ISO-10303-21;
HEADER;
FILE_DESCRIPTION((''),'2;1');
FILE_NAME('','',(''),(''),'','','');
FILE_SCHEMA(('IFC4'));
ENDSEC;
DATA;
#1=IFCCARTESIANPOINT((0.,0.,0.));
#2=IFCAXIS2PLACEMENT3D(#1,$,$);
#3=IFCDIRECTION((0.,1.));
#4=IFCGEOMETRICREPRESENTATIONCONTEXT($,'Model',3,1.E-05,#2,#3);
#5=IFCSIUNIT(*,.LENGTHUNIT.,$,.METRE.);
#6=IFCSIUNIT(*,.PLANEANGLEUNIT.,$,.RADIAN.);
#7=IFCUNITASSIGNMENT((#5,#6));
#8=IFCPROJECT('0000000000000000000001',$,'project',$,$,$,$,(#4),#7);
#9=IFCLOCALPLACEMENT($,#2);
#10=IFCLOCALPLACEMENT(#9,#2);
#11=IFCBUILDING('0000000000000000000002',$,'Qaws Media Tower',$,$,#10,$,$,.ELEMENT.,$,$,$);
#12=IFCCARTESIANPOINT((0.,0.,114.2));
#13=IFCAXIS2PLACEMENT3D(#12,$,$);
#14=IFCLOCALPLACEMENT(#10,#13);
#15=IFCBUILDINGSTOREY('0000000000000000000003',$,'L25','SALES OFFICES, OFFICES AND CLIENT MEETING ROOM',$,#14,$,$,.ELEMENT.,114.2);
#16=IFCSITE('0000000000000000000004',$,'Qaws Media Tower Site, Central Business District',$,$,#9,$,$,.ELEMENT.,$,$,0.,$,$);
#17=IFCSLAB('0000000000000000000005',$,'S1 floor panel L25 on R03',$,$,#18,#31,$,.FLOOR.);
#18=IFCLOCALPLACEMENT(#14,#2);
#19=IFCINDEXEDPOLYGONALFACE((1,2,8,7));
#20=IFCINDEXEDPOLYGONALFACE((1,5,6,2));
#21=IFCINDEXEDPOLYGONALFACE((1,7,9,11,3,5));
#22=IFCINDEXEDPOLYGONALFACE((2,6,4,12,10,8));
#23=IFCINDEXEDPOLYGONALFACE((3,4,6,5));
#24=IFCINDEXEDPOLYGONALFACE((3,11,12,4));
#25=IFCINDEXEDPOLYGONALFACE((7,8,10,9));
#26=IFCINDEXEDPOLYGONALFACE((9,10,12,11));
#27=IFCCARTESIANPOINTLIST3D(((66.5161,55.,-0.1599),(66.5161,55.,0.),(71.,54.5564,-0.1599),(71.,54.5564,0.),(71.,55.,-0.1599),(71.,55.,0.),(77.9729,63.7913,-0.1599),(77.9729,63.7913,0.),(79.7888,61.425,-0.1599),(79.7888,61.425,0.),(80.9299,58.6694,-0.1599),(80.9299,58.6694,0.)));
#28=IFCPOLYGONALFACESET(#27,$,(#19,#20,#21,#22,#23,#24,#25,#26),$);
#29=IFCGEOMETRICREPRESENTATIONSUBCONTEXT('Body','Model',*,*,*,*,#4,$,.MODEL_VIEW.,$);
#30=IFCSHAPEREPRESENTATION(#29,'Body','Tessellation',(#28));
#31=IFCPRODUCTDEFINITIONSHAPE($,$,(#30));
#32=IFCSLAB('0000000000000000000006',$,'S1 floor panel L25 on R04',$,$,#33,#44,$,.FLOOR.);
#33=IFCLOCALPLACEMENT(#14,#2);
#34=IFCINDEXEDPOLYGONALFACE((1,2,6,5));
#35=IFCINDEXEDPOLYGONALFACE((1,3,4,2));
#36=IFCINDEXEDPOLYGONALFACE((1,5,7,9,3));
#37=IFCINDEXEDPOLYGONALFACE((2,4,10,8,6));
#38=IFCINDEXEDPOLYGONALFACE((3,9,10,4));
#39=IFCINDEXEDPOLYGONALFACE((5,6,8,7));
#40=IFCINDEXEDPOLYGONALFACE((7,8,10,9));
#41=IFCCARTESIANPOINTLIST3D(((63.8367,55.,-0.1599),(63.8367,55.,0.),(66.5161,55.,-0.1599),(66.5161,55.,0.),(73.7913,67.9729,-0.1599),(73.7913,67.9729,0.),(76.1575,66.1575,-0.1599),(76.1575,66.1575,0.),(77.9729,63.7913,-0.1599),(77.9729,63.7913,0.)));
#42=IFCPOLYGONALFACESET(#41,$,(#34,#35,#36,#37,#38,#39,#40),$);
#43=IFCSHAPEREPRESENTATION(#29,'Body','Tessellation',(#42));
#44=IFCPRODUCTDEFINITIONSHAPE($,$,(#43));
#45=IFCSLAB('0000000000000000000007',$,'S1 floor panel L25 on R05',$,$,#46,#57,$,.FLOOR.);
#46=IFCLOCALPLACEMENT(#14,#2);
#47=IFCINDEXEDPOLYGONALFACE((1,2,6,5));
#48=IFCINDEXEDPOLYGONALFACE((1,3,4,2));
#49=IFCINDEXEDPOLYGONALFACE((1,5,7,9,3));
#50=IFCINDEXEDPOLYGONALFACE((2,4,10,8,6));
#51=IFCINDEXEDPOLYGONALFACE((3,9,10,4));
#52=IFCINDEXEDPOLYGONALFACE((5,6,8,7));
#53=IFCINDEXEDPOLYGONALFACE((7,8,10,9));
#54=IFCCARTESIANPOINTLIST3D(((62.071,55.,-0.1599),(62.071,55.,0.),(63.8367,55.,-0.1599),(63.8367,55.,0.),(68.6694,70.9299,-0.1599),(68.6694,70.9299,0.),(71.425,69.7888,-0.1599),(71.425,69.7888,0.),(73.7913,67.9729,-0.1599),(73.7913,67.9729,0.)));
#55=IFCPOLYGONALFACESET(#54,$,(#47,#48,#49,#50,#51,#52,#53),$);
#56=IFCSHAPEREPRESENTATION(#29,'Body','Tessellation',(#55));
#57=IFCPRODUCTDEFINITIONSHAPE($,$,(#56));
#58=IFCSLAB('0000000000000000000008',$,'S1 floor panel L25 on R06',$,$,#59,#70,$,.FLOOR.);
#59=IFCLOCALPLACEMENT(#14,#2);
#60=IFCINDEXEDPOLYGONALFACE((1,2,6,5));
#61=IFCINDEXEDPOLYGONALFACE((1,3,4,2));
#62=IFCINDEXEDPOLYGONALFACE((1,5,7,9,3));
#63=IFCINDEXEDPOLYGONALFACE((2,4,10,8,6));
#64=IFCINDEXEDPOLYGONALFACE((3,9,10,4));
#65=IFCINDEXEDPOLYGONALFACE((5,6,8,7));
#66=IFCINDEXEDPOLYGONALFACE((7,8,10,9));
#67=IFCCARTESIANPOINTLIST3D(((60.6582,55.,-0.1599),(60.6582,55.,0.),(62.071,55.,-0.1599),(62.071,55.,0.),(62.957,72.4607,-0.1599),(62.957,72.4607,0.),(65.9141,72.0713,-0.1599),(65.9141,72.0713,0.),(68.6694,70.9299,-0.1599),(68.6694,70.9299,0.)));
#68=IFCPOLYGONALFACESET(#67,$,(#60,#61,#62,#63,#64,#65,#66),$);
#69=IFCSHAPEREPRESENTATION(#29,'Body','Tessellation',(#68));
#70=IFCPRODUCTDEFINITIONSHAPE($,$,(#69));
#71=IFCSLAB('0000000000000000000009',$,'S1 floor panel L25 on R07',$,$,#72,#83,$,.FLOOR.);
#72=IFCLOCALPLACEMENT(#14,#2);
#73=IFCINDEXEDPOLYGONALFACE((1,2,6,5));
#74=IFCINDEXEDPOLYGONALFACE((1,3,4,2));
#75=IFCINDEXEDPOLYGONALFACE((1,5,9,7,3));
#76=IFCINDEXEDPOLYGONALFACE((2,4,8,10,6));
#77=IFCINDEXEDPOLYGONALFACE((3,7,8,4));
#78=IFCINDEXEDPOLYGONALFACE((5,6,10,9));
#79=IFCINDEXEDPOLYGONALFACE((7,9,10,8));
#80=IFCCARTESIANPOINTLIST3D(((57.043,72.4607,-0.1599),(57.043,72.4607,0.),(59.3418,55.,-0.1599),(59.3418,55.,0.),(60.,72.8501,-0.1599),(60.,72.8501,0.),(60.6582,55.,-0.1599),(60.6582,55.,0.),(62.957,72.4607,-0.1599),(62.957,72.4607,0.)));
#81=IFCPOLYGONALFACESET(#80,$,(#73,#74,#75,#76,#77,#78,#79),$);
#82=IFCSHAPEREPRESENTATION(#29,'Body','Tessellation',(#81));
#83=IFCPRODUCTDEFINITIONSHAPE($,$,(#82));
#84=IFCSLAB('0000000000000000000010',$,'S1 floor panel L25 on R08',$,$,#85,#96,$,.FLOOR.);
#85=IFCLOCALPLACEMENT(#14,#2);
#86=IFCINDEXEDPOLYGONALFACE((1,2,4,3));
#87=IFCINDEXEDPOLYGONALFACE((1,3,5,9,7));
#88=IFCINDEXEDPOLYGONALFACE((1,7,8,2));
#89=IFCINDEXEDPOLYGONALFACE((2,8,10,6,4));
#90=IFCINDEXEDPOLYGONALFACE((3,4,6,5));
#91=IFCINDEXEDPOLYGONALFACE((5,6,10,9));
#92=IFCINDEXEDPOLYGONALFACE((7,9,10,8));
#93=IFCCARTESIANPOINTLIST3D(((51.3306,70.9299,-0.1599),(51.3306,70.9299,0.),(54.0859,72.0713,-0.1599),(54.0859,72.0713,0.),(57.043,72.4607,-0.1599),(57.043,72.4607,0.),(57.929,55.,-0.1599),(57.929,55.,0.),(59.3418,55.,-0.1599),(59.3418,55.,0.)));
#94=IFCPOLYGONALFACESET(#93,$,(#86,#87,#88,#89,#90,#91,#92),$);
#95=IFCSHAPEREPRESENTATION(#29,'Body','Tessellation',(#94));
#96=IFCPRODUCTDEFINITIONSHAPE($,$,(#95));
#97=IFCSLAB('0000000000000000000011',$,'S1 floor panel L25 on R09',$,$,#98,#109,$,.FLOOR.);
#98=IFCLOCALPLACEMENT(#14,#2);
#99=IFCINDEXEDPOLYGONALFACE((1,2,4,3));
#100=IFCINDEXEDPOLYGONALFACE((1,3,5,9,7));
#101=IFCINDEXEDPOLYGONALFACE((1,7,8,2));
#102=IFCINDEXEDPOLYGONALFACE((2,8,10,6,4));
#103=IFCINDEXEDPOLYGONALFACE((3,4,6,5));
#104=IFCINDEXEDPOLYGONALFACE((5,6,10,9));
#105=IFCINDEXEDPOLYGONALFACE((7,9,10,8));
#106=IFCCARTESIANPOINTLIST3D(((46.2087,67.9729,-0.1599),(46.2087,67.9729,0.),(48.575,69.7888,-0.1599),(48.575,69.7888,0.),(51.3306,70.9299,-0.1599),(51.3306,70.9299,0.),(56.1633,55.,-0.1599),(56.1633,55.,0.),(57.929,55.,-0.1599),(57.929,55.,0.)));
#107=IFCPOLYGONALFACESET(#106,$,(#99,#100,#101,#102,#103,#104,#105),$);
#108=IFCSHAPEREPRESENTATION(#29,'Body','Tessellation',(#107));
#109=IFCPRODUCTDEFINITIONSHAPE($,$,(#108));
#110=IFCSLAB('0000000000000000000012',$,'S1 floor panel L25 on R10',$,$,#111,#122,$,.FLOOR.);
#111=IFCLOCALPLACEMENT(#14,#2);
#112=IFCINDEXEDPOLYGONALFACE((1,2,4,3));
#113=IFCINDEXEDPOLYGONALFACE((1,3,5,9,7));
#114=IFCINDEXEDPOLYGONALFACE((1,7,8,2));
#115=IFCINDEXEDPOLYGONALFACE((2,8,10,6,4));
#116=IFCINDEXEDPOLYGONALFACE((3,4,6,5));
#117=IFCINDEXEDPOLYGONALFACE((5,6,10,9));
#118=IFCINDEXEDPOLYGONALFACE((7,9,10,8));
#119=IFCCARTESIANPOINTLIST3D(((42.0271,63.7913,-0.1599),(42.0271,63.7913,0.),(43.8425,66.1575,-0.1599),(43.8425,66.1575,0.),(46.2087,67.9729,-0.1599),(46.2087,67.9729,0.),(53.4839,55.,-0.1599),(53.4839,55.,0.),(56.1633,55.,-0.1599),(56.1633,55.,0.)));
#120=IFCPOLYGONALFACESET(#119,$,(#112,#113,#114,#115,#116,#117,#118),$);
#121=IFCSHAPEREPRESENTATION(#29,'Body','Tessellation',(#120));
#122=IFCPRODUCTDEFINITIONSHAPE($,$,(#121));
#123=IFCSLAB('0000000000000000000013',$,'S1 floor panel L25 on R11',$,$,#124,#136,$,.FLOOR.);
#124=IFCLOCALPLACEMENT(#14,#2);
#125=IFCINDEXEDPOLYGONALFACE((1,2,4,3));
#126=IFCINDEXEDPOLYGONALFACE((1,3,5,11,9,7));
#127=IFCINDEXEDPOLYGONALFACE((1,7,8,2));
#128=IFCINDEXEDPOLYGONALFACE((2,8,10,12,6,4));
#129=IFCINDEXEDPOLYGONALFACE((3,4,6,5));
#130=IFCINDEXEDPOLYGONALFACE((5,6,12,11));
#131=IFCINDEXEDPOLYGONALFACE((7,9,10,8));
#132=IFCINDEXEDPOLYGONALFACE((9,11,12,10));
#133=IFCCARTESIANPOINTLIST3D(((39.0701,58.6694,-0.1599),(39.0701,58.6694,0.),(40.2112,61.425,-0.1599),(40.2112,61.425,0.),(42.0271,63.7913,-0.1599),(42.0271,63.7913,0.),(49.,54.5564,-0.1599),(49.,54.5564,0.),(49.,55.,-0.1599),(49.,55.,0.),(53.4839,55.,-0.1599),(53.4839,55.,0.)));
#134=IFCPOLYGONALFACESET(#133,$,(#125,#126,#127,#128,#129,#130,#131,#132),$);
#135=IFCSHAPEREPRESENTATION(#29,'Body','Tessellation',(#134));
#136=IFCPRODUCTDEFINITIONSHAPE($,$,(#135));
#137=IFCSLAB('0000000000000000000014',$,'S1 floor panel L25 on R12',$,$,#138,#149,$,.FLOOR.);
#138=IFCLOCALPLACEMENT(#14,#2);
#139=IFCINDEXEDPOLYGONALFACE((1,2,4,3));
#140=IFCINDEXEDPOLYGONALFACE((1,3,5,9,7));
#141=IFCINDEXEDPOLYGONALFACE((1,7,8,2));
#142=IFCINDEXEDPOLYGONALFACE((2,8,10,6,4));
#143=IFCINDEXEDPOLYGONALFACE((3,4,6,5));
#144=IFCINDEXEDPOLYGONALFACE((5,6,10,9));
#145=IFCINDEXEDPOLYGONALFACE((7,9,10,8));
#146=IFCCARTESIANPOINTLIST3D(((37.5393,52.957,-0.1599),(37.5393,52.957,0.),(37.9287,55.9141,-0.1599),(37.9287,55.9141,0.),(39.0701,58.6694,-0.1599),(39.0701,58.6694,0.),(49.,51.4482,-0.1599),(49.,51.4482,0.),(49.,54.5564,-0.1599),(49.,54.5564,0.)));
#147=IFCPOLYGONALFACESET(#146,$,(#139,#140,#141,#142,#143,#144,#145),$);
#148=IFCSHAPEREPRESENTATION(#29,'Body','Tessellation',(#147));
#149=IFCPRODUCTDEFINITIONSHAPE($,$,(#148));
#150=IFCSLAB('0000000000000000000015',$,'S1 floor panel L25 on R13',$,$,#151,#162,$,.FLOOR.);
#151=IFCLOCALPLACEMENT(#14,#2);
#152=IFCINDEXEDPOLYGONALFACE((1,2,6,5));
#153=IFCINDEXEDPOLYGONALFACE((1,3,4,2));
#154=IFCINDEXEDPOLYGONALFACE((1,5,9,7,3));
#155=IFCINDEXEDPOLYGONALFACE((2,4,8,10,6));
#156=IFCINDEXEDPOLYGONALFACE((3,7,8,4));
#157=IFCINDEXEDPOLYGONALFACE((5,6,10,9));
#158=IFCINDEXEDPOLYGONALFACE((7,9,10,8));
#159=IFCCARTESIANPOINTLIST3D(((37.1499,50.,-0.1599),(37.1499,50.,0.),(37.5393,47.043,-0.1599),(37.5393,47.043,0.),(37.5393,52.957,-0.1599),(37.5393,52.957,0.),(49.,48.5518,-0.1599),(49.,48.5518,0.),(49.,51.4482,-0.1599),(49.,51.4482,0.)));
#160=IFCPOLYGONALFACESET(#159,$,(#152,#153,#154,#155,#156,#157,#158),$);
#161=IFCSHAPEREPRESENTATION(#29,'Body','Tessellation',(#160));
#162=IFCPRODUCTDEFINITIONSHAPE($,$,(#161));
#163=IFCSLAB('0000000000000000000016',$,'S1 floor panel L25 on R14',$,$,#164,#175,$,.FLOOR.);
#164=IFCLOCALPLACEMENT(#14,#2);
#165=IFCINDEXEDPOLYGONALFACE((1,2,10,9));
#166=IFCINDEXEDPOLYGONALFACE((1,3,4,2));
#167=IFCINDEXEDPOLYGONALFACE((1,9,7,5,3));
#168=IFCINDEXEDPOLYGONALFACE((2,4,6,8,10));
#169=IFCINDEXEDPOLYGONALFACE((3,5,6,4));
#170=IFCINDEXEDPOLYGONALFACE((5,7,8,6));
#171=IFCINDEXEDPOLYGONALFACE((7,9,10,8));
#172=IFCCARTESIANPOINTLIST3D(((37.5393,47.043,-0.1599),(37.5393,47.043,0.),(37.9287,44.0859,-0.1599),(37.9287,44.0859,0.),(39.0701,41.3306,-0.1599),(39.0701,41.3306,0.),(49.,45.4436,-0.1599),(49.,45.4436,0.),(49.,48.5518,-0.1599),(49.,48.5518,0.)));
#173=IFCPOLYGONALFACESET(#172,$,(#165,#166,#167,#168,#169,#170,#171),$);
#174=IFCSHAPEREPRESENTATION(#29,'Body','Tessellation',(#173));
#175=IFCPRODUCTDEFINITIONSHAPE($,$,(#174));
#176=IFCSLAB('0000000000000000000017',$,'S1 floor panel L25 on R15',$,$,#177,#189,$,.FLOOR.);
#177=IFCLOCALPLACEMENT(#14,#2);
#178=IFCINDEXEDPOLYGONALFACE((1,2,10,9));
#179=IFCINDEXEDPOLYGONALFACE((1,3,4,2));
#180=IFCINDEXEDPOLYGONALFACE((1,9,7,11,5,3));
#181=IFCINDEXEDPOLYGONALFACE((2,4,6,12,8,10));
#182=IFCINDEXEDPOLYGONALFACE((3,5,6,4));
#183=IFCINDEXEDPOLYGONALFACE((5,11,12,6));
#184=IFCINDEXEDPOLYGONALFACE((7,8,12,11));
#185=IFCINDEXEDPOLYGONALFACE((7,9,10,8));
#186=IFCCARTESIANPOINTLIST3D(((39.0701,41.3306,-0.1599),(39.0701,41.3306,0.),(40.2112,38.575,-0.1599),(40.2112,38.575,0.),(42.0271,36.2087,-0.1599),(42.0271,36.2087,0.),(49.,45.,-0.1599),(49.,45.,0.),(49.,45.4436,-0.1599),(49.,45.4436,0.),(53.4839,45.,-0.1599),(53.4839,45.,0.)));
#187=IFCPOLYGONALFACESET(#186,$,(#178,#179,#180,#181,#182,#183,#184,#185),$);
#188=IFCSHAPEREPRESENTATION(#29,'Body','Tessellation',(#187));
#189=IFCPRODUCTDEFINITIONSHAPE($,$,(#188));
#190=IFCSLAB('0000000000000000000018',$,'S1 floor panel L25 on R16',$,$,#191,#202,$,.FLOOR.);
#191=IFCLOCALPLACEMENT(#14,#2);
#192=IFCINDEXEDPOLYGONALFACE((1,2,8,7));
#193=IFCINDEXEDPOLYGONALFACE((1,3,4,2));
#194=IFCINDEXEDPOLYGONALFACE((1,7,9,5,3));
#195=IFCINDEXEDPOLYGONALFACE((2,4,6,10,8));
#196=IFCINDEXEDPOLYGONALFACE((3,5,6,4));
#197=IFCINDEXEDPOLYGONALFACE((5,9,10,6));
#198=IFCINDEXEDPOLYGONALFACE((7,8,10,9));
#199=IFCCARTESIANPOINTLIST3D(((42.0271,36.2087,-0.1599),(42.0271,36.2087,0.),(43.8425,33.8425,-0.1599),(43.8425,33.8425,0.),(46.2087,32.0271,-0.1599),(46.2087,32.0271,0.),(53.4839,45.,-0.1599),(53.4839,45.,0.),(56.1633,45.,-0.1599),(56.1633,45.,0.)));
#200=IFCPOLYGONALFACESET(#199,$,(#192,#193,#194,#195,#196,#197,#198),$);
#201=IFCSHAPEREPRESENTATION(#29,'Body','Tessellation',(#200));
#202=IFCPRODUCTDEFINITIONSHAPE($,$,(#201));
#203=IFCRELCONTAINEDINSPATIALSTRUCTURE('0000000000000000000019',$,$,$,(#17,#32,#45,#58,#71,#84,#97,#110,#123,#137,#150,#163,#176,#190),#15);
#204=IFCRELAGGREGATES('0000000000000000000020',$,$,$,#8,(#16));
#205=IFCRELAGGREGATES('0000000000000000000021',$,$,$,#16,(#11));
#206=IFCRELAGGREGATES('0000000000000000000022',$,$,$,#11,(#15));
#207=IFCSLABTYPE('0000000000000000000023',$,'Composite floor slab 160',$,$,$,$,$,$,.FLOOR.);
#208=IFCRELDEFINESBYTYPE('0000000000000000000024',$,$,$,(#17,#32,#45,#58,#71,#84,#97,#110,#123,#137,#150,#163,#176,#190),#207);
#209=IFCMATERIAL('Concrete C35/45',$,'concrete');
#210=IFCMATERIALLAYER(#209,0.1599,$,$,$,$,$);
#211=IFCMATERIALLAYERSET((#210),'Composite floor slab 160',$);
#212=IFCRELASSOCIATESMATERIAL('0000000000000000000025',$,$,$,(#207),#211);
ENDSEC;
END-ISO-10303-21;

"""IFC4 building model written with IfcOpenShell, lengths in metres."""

from ifc_helpers import new_model, si_unit, direction, frame, origin, place, context, subcontext, project, spatial, polyline, outline, extrude, material, layer, layer_set, type_object, element, save


model = new_model("IFC4")

# Units and contexts
model_context = context("Model", 3, precision=1e-05, world=origin(), true_north=direction((0.0, 1.0)))
body_context = subcontext(model_context, "Body", "Model", "MODEL_VIEW")
ifc_project = project(units=[si_unit("LENGTHUNIT", "METRE"), si_unit("PLANEANGLEUNIT", "RADIAN")], contexts=[model_context])

# Site, building, storey
site_placement = place(None, origin())
site = spatial("IfcSite", under=ifc_project, at=site_placement, Name="Qaws Media Tower Site, Central Business District", CompositionType="ELEMENT", RefElevation=0.0)
building_placement = place(site_placement, origin())
building = spatial("IfcBuilding", under=site, at=building_placement, Name="Qaws Media Tower", CompositionType="ELEMENT")
storey_placement = place(building_placement, frame((0.0, 0.0, 114.2)))
storey = spatial("IfcBuildingStorey", under=building, at=storey_placement, Name="L25", Description="SALES OFFICES, OFFICES AND CLIENT MEETING ROOM", CompositionType="ELEMENT", Elevation=114.2)

# Slabs
ifc_material_1 = material(Name="Concrete C35/45", Category="concrete")
ifc_layer_1 = layer(ifc_material_1, 0.1599)
ifc_layer_set_1 = layer_set([ifc_layer_1], Name="Composite floor slab 160")
slab_type_1 = type_object("IfcSlabType", Name="Composite floor slab 160", PredefinedType="FLOOR", material=ifc_layer_set_1)
slab_1_placement = place(storey_placement, frame((0.0, 0.0, -0.1599)))
element("IfcSlab", 1, at=slab_1_placement, inside=storey, type_object=slab_type_1, Name="S1 floor panel L25 on R03", PredefinedType="FLOOR", context=body_context, shape_type="SweptSolid", body=[
    extrude(outline(polyline([(79.7888, 61.425), (80.9299, 58.6694), (71.0, 54.5564), (71.0, 55.0), (66.5161, 55.0), (77.9729, 63.7913), (79.7888, 61.425)])), origin(), (0.0, 0.0, 1.0), 0.1599),
])
slab_2_placement = place(storey_placement, frame((0.0, 0.0, -0.1599)))
element("IfcSlab", 2, at=slab_2_placement, inside=storey, type_object=slab_type_1, Name="S1 floor panel L25 on R04", PredefinedType="FLOOR", context=body_context, shape_type="SweptSolid", body=[
    extrude(outline(polyline([(76.1575, 66.1575), (77.9729, 63.7913), (66.5161, 55.0), (63.8367, 55.0), (73.7913, 67.9729), (76.1575, 66.1575)])), origin(), (0.0, 0.0, 1.0), 0.1599),
])
slab_3_placement = place(storey_placement, frame((0.0, 0.0, -0.1599)))
element("IfcSlab", 3, at=slab_3_placement, inside=storey, type_object=slab_type_1, Name="S1 floor panel L25 on R05", PredefinedType="FLOOR", context=body_context, shape_type="SweptSolid", body=[
    extrude(outline(polyline([(71.425, 69.7888), (73.7913, 67.9729), (63.8367, 55.0), (62.071, 55.0), (68.6694, 70.9299), (71.425, 69.7888)])), origin(), (0.0, 0.0, 1.0), 0.1599),
])
slab_4_placement = place(storey_placement, frame((0.0, 0.0, -0.1599)))
element("IfcSlab", 4, at=slab_4_placement, inside=storey, type_object=slab_type_1, Name="S1 floor panel L25 on R06", PredefinedType="FLOOR", context=body_context, shape_type="SweptSolid", body=[
    extrude(outline(polyline([(65.9141, 72.0713), (68.6694, 70.9299), (62.071, 55.0), (60.6582, 55.0), (62.957, 72.4607), (65.9141, 72.0713)])), origin(), (0.0, 0.0, 1.0), 0.1599),
])
slab_5_placement = place(storey_placement, frame((0.0, 0.0, -0.1599)))
element("IfcSlab", 5, at=slab_5_placement, inside=storey, type_object=slab_type_1, Name="S1 floor panel L25 on R07", PredefinedType="FLOOR", context=body_context, shape_type="SweptSolid", body=[
    extrude(outline(polyline([(60.0, 72.8501), (62.957, 72.4607), (60.6582, 55.0), (59.3418, 55.0), (57.043, 72.4607), (60.0, 72.8501)])), origin(), (0.0, 0.0, 1.0), 0.1599),
])
slab_6_placement = place(storey_placement, frame((0.0, 0.0, -0.1599)))
element("IfcSlab", 6, at=slab_6_placement, inside=storey, type_object=slab_type_1, Name="S1 floor panel L25 on R08", PredefinedType="FLOOR", context=body_context, shape_type="SweptSolid", body=[
    extrude(outline(polyline([(54.0859, 72.0713), (57.043, 72.4607), (59.3418, 55.0), (57.929, 55.0), (51.3306, 70.9299), (54.0859, 72.0713)])), origin(), (0.0, 0.0, 1.0), 0.1599),
])
slab_7_placement = place(storey_placement, frame((0.0, 0.0, -0.1599)))
element("IfcSlab", 7, at=slab_7_placement, inside=storey, type_object=slab_type_1, Name="S1 floor panel L25 on R09", PredefinedType="FLOOR", context=body_context, shape_type="SweptSolid", body=[
    extrude(outline(polyline([(48.575, 69.7888), (51.3306, 70.9299), (57.929, 55.0), (56.1633, 55.0), (46.2087, 67.9729), (48.575, 69.7888)])), origin(), (0.0, 0.0, 1.0), 0.1599),
])
slab_8_placement = place(storey_placement, frame((0.0, 0.0, -0.1599)))
element("IfcSlab", 8, at=slab_8_placement, inside=storey, type_object=slab_type_1, Name="S1 floor panel L25 on R10", PredefinedType="FLOOR", context=body_context, shape_type="SweptSolid", body=[
    extrude(outline(polyline([(43.8425, 66.1575), (46.2087, 67.9729), (56.1633, 55.0), (53.4839, 55.0), (42.0271, 63.7913), (43.8425, 66.1575)])), origin(), (0.0, 0.0, 1.0), 0.1599),
])
slab_9_placement = place(storey_placement, frame((0.0, 0.0, -0.1599)))
element("IfcSlab", 9, at=slab_9_placement, inside=storey, type_object=slab_type_1, Name="S1 floor panel L25 on R11", PredefinedType="FLOOR", context=body_context, shape_type="SweptSolid", body=[
    extrude(outline(polyline([(40.2112, 61.425), (42.0271, 63.7913), (53.4839, 55.0), (49.0, 55.0), (49.0, 54.5564), (39.0701, 58.6694), (40.2112, 61.425)])), origin(), (0.0, 0.0, 1.0), 0.1599),
])
slab_10_placement = place(storey_placement, frame((0.0, 0.0, -0.1599)))
element("IfcSlab", 10, at=slab_10_placement, inside=storey, type_object=slab_type_1, Name="S1 floor panel L25 on R12", PredefinedType="FLOOR", context=body_context, shape_type="SweptSolid", body=[
    extrude(outline(polyline([(37.9287, 55.9141), (39.0701, 58.6694), (49.0, 54.5564), (49.0, 51.4482), (37.5393, 52.957), (37.9287, 55.9141)])), origin(), (0.0, 0.0, 1.0), 0.1599),
])
slab_11_placement = place(storey_placement, frame((0.0, 0.0, -0.1599)))
element("IfcSlab", 11, at=slab_11_placement, inside=storey, type_object=slab_type_1, Name="S1 floor panel L25 on R13", PredefinedType="FLOOR", context=body_context, shape_type="SweptSolid", body=[
    extrude(outline(polyline([(37.1499, 50.0), (37.5393, 52.957), (49.0, 51.4482), (49.0, 48.5518), (37.5393, 47.043), (37.1499, 50.0)])), origin(), (0.0, 0.0, 1.0), 0.1599),
])
slab_12_placement = place(storey_placement, frame((0.0, 0.0, -0.1599)))
element("IfcSlab", 12, at=slab_12_placement, inside=storey, type_object=slab_type_1, Name="S1 floor panel L25 on R14", PredefinedType="FLOOR", context=body_context, shape_type="SweptSolid", body=[
    extrude(outline(polyline([(37.9287, 44.0859), (37.5393, 47.043), (49.0, 48.5518), (49.0, 45.4436), (39.0701, 41.3306), (37.9287, 44.0859)])), origin(), (0.0, 0.0, 1.0), 0.1599),
])
slab_13_placement = place(storey_placement, frame((0.0, 0.0, -0.1599)))
element("IfcSlab", 13, at=slab_13_placement, inside=storey, type_object=slab_type_1, Name="S1 floor panel L25 on R15", PredefinedType="FLOOR", context=body_context, shape_type="SweptSolid", body=[
    extrude(outline(polyline([(40.2112, 38.575), (39.0701, 41.3306), (49.0, 45.4436), (49.0, 45.0), (53.4839, 45.0), (42.0271, 36.2087), (40.2112, 38.575)])), origin(), (0.0, 0.0, 1.0), 0.1599),
])
slab_14_placement = place(storey_placement, frame((0.0, 0.0, -0.1599)))
element("IfcSlab", 14, at=slab_14_placement, inside=storey, type_object=slab_type_1, Name="S1 floor panel L25 on R16", PredefinedType="FLOOR", context=body_context, shape_type="SweptSolid", body=[
    extrude(outline(polyline([(43.8425, 33.8425), (42.0271, 36.2087), (53.4839, 45.0), (56.1633, 45.0), (46.2087, 32.0271), (43.8425, 33.8425)])), origin(), (0.0, 0.0, 1.0), 0.1599),
])

save(model, "model.ifc")
